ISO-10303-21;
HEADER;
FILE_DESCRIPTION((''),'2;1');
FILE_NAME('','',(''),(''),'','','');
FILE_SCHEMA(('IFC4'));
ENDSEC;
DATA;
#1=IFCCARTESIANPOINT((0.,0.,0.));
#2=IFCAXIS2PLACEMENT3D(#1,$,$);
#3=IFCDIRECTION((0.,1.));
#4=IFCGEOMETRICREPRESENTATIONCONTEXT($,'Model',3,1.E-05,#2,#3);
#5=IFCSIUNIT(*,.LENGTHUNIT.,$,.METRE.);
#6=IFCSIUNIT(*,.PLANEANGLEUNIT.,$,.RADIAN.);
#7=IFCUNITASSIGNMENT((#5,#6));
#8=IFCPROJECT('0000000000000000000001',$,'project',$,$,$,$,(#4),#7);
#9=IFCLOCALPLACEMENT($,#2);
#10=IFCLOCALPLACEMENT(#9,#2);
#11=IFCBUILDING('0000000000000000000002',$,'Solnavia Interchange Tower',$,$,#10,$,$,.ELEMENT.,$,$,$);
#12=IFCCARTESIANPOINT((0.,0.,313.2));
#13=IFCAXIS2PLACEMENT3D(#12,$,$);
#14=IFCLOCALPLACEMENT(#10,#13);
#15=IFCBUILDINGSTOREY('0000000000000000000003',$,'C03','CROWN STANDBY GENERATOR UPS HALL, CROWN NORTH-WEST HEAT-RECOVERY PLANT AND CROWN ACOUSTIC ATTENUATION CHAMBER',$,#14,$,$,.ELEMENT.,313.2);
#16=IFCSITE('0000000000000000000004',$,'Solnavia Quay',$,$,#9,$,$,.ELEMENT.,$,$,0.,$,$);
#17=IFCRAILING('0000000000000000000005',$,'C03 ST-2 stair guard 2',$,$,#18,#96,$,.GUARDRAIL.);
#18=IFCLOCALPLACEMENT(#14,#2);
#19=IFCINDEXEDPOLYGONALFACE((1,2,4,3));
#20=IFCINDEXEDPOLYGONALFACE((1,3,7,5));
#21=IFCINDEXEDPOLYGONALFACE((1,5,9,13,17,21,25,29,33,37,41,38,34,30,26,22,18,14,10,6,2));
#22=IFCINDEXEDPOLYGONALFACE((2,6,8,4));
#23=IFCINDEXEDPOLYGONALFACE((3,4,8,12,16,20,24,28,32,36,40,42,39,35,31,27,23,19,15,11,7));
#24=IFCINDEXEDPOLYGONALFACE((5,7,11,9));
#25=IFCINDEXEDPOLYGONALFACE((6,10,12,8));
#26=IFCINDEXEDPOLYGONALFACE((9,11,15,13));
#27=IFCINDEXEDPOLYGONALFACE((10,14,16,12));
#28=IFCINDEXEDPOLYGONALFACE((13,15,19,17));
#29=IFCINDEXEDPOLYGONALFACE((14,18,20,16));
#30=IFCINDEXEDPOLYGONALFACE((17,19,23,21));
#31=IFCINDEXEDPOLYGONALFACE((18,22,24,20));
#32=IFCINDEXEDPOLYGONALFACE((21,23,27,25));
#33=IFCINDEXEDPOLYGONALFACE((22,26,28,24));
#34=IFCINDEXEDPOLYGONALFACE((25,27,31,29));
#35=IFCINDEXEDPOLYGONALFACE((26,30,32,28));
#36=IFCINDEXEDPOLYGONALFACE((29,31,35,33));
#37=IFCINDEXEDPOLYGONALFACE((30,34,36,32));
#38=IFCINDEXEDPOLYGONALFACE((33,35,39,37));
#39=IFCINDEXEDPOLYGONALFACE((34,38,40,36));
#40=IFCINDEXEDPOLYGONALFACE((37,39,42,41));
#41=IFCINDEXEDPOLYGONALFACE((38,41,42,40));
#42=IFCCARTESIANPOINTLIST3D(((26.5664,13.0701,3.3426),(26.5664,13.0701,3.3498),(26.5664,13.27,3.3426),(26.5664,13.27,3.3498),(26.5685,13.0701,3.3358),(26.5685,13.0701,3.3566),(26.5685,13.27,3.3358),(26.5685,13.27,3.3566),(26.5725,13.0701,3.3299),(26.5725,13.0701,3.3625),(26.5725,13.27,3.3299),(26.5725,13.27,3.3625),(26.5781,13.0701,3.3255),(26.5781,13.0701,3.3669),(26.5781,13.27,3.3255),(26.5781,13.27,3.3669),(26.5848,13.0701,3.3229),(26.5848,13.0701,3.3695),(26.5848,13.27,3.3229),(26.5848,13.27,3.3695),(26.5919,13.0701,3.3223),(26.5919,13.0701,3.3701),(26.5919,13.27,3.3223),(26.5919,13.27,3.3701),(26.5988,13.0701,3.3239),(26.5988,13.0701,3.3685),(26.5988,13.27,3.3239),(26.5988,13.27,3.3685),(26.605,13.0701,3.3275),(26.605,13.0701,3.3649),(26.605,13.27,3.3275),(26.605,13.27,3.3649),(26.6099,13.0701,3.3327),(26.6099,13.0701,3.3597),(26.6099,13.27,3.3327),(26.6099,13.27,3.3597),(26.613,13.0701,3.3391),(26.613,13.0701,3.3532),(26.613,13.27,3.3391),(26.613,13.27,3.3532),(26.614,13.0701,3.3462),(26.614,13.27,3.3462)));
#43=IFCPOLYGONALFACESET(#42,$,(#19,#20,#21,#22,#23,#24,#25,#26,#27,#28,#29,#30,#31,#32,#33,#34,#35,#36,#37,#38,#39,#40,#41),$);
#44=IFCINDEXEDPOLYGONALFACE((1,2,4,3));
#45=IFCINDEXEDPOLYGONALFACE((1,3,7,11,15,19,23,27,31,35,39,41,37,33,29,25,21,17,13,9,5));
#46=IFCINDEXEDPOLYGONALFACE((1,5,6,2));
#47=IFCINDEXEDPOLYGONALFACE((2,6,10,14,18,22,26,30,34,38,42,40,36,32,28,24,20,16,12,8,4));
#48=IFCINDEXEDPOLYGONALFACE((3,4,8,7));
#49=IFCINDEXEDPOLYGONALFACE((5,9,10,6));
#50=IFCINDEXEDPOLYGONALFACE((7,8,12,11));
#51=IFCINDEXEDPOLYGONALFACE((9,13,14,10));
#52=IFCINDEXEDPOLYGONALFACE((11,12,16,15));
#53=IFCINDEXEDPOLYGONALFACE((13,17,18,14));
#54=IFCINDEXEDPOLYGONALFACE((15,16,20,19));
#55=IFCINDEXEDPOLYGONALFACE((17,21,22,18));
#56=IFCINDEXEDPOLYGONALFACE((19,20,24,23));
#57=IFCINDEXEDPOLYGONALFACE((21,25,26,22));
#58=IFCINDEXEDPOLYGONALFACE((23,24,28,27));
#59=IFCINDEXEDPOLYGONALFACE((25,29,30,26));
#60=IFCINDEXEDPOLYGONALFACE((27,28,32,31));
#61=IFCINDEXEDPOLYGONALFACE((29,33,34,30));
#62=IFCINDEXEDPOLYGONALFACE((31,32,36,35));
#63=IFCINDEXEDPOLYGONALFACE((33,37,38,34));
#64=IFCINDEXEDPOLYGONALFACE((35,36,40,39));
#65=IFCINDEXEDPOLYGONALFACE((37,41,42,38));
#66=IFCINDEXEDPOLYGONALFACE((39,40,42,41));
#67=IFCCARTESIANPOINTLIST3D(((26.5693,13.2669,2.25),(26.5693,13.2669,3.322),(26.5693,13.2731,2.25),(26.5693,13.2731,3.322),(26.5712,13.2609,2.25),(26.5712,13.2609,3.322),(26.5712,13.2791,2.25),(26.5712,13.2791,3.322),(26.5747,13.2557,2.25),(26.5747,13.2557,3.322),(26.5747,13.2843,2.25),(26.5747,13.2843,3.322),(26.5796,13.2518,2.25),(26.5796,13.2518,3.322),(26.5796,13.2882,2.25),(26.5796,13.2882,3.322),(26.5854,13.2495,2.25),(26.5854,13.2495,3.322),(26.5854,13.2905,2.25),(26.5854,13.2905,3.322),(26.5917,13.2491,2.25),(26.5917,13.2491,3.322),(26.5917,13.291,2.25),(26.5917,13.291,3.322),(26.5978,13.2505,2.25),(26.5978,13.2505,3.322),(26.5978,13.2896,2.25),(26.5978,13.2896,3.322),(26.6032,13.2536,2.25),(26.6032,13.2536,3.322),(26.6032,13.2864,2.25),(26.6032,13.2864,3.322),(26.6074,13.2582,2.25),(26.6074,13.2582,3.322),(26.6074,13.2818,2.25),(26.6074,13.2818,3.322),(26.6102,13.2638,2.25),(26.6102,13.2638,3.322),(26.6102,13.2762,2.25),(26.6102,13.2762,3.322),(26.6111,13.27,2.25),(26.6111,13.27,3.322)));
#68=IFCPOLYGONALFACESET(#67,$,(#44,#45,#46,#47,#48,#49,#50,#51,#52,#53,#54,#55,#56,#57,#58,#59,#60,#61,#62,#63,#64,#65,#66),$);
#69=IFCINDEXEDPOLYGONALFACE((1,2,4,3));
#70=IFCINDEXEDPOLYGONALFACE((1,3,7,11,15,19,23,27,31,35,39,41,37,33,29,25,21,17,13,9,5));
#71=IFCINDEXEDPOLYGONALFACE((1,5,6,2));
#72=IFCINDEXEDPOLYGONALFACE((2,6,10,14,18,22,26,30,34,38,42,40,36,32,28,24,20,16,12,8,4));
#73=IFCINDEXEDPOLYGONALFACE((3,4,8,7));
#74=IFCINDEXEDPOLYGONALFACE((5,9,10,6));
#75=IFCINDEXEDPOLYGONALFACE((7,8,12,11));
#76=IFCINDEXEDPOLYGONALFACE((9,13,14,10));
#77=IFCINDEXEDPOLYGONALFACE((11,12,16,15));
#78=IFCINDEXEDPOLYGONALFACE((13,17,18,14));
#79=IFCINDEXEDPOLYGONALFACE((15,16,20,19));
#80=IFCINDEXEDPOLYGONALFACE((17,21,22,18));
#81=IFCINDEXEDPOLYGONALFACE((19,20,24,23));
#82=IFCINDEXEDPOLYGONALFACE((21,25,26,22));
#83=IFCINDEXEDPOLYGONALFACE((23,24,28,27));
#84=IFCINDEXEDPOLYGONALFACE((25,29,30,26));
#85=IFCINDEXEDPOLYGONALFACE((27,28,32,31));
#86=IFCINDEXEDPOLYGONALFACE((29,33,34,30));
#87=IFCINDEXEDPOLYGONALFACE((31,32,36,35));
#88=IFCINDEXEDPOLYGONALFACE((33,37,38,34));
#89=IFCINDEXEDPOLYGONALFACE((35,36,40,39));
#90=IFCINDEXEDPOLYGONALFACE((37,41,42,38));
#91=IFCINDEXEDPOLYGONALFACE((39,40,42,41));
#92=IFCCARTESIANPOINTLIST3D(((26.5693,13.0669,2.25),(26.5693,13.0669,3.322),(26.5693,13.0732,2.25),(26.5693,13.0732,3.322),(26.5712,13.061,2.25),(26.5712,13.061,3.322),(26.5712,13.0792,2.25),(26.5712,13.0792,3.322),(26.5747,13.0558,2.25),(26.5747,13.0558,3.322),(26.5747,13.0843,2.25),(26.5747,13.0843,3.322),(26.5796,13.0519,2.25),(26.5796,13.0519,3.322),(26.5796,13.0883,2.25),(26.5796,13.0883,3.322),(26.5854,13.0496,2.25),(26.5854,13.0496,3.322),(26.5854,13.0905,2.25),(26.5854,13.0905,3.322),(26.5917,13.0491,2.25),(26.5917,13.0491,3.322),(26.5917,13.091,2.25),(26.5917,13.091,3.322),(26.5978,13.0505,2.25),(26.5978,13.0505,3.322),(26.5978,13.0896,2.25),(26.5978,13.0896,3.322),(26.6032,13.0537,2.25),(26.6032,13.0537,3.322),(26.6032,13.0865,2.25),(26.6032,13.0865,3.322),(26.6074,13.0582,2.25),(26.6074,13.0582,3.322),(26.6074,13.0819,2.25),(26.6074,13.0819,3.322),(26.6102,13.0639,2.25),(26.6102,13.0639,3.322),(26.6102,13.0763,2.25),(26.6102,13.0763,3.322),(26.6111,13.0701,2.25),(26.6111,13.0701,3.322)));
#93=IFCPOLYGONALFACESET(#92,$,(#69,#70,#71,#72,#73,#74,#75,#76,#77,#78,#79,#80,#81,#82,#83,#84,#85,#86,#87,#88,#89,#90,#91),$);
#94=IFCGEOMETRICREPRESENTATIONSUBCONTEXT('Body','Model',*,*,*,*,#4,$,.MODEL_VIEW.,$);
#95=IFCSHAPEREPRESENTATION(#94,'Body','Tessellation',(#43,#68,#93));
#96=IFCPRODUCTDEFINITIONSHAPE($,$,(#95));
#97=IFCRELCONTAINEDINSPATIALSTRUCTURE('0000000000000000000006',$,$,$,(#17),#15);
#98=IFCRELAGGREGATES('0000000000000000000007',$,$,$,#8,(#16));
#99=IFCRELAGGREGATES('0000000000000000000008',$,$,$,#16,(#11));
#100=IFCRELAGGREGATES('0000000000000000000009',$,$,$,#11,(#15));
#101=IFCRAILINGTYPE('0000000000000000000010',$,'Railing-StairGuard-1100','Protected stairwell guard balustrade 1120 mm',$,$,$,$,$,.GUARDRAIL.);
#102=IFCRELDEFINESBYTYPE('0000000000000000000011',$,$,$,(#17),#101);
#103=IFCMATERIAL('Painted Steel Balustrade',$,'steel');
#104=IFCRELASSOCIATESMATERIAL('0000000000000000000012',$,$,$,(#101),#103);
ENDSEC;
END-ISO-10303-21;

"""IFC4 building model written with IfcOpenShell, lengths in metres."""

from ifc_helpers import new_model, si_unit, direction, frame, origin, origin_2d, place, context, subcontext, project, spatial, circle, extrude, material, type_object, element, save


model = new_model("IFC4")

# Units and contexts
model_context = context("Model", 3, precision=1e-05, world=origin(), true_north=direction((0.0, 1.0)))
body_context = subcontext(model_context, "Body", "Model", "MODEL_VIEW")
ifc_project = project(units=[si_unit("LENGTHUNIT", "METRE"), si_unit("PLANEANGLEUNIT", "RADIAN")], contexts=[model_context])

# Site, building, storey
site_placement = place(None, origin())
site = spatial("IfcSite", under=ifc_project, at=site_placement, Name="Solnavia Quay", CompositionType="ELEMENT", RefElevation=0.0)
building_placement = place(site_placement, origin())
building = spatial("IfcBuilding", under=site, at=building_placement, Name="Solnavia Interchange Tower", CompositionType="ELEMENT")
storey_placement = place(building_placement, frame((0.0, 0.0, 313.2)))
storey = spatial("IfcBuildingStorey", under=building, at=storey_placement, Name="C03", Description="CROWN STANDBY GENERATOR UPS HALL, CROWN NORTH-WEST HEAT-RECOVERY PLANT AND CROWN ACOUSTIC ATTENUATION CHAMBER", CompositionType="ELEMENT", Elevation=313.2)

# Railing
ifc_material_1 = material(Name="Painted Steel Balustrade", Category="steel")
railing_type_1 = type_object("IfcRailingType", Name="Railing-StairGuard-1100", Description="Protected stairwell guard balustrade 1120 mm", PredefinedType="GUARDRAIL", material=ifc_material_1)
railing_1_placement = place(storey_placement, frame((26.5901, 13.27, 2.25)))
element("IfcRailing", 1, at=railing_1_placement, inside=storey, type_object=railing_type_1, Name="C03 ST-2 stair guard 2", PredefinedType="GUARDRAIL", context=body_context, shape_type="SweptSolid", body=[
    extrude(circle(Radius=0.0239, at=origin_2d()), frame((0.0, 0.0, 1.0962), z_axis=(0.0, -1.0, 0.0), x_axis=(1.0, 0.0, 0.0)), (0.0, 0.0, 1.0), 0.2),
    extrude(circle(Radius=0.021, at=origin_2d()), origin(), (0.0, 0.0, 1.0), 1.072),
    extrude(circle(Radius=0.021, at=origin_2d()), frame((0.0, -0.2, 0.0)), (0.0, 0.0, 1.0), 1.072),
])

save(model, "model.ifc")
